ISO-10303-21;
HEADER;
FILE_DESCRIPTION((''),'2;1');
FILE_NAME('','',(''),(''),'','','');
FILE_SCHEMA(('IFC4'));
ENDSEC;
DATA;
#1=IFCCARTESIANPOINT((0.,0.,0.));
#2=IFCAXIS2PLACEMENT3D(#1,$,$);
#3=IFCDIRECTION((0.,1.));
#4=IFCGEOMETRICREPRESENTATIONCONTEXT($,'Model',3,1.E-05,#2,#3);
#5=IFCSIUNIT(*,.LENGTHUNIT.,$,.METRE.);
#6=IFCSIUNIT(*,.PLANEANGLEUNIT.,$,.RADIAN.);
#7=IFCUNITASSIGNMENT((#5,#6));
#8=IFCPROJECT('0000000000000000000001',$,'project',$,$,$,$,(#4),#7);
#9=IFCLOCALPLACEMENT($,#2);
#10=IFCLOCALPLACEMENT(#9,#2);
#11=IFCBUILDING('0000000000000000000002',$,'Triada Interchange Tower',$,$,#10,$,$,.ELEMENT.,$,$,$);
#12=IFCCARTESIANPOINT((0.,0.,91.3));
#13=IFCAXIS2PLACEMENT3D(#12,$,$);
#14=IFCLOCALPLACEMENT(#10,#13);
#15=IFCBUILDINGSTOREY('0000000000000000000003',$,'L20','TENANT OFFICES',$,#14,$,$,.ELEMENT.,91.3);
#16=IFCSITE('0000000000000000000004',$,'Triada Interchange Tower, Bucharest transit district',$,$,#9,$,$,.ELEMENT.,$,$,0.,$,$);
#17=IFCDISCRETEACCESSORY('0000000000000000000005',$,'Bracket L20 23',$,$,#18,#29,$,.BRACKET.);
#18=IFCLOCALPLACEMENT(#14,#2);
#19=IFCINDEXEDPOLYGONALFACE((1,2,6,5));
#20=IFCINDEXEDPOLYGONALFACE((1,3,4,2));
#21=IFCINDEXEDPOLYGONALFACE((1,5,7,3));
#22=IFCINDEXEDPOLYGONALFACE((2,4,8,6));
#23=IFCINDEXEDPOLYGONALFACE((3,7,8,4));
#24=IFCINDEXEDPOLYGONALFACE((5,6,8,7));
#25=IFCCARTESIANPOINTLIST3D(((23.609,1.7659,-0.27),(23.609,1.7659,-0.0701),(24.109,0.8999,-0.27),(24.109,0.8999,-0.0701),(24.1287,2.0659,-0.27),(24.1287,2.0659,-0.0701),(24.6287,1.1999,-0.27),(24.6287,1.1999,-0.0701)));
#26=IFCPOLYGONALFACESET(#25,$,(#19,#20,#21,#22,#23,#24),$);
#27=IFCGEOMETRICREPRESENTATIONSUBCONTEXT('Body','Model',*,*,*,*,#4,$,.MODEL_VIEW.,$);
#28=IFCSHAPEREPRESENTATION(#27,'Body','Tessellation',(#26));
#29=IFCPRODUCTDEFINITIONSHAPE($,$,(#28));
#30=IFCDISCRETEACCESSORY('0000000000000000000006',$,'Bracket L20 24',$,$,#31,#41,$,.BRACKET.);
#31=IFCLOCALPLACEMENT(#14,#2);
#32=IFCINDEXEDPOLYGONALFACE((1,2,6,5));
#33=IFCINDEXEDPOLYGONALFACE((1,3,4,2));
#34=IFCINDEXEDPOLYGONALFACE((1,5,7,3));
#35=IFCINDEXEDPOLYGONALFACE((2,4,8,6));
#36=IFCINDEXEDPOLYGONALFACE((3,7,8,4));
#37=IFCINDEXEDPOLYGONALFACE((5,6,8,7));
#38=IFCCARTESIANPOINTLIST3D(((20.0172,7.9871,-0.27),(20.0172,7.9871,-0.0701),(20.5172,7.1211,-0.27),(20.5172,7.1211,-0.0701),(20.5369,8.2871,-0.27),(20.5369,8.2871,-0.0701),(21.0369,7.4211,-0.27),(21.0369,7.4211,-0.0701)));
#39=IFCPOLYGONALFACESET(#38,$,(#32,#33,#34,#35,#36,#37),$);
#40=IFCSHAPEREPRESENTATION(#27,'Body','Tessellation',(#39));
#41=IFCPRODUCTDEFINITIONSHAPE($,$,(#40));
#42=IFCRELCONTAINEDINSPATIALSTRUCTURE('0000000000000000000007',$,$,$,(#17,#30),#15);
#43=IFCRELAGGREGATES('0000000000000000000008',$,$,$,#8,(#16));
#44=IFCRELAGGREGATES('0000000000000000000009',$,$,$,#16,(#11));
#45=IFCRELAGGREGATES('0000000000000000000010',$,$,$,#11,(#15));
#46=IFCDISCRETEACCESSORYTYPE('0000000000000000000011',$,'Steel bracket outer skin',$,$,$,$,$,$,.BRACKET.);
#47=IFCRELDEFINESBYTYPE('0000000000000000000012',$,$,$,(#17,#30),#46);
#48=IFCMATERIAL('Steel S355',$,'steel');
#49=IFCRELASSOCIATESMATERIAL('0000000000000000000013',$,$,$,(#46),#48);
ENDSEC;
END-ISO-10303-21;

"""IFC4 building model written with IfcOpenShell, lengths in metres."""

from ifc_helpers import new_model, si_unit, direction, frame, origin, origin_2d, place, context, subcontext, project, spatial, rectangle, extrude, material, type_object, element, save


model = new_model("IFC4")

# Units and contexts
model_context = context("Model", 3, precision=1e-05, world=origin(), true_north=direction((0.0, 1.0)))
body_context = subcontext(model_context, "Body", "Model", "MODEL_VIEW")
ifc_project = project(units=[si_unit("LENGTHUNIT", "METRE"), si_unit("PLANEANGLEUNIT", "RADIAN")], contexts=[model_context])

# Site, building, storey
site_placement = place(None, origin())
site = spatial("IfcSite", under=ifc_project, at=site_placement, Name="Triada Interchange Tower, Bucharest transit district", CompositionType="ELEMENT", RefElevation=0.0)
building_placement = place(site_placement, origin())
building = spatial("IfcBuilding", under=site, at=building_placement, Name="Triada Interchange Tower", CompositionType="ELEMENT")
storey_placement = place(building_placement, frame((0.0, 0.0, 91.3)))
storey = spatial("IfcBuildingStorey", under=building, at=storey_placement, Name="L20", Description="TENANT OFFICES", CompositionType="ELEMENT", Elevation=91.3)

# Discrete accessories
ifc_material_1 = material(Name="Steel S355", Category="steel")
discrete_accessory_type = type_object("IfcDiscreteAccessoryType", Name="Steel bracket outer skin", PredefinedType="BRACKET", material=ifc_material_1)
for number, where, z_axis, x_axis, name in (
    (1, (24.1189, 1.4829, -0.27), (0.0, 0.0, 1.0), (0.866025, 0.5, 0.0), "Bracket L20 23"),
    (2, (20.5271, 7.7041, -0.27), (0.0, 0.0, 1.0), (0.866025, 0.5, 0.0), "Bracket L20 24"),
):
    element("IfcDiscreteAccessory", number, at=place(storey_placement, frame(where, z_axis=z_axis, x_axis=x_axis)), inside=storey, type_object=discrete_accessory_type, Name=name, PredefinedType="BRACKET", context=body_context, shape_type="SweptSolid", body=[
        extrude(rectangle(XDim=0.6001, YDim=1.0, at=origin_2d()), origin(), (0.0, 0.0, 1.0), 0.2),
    ])

save(model, "model.ifc")
